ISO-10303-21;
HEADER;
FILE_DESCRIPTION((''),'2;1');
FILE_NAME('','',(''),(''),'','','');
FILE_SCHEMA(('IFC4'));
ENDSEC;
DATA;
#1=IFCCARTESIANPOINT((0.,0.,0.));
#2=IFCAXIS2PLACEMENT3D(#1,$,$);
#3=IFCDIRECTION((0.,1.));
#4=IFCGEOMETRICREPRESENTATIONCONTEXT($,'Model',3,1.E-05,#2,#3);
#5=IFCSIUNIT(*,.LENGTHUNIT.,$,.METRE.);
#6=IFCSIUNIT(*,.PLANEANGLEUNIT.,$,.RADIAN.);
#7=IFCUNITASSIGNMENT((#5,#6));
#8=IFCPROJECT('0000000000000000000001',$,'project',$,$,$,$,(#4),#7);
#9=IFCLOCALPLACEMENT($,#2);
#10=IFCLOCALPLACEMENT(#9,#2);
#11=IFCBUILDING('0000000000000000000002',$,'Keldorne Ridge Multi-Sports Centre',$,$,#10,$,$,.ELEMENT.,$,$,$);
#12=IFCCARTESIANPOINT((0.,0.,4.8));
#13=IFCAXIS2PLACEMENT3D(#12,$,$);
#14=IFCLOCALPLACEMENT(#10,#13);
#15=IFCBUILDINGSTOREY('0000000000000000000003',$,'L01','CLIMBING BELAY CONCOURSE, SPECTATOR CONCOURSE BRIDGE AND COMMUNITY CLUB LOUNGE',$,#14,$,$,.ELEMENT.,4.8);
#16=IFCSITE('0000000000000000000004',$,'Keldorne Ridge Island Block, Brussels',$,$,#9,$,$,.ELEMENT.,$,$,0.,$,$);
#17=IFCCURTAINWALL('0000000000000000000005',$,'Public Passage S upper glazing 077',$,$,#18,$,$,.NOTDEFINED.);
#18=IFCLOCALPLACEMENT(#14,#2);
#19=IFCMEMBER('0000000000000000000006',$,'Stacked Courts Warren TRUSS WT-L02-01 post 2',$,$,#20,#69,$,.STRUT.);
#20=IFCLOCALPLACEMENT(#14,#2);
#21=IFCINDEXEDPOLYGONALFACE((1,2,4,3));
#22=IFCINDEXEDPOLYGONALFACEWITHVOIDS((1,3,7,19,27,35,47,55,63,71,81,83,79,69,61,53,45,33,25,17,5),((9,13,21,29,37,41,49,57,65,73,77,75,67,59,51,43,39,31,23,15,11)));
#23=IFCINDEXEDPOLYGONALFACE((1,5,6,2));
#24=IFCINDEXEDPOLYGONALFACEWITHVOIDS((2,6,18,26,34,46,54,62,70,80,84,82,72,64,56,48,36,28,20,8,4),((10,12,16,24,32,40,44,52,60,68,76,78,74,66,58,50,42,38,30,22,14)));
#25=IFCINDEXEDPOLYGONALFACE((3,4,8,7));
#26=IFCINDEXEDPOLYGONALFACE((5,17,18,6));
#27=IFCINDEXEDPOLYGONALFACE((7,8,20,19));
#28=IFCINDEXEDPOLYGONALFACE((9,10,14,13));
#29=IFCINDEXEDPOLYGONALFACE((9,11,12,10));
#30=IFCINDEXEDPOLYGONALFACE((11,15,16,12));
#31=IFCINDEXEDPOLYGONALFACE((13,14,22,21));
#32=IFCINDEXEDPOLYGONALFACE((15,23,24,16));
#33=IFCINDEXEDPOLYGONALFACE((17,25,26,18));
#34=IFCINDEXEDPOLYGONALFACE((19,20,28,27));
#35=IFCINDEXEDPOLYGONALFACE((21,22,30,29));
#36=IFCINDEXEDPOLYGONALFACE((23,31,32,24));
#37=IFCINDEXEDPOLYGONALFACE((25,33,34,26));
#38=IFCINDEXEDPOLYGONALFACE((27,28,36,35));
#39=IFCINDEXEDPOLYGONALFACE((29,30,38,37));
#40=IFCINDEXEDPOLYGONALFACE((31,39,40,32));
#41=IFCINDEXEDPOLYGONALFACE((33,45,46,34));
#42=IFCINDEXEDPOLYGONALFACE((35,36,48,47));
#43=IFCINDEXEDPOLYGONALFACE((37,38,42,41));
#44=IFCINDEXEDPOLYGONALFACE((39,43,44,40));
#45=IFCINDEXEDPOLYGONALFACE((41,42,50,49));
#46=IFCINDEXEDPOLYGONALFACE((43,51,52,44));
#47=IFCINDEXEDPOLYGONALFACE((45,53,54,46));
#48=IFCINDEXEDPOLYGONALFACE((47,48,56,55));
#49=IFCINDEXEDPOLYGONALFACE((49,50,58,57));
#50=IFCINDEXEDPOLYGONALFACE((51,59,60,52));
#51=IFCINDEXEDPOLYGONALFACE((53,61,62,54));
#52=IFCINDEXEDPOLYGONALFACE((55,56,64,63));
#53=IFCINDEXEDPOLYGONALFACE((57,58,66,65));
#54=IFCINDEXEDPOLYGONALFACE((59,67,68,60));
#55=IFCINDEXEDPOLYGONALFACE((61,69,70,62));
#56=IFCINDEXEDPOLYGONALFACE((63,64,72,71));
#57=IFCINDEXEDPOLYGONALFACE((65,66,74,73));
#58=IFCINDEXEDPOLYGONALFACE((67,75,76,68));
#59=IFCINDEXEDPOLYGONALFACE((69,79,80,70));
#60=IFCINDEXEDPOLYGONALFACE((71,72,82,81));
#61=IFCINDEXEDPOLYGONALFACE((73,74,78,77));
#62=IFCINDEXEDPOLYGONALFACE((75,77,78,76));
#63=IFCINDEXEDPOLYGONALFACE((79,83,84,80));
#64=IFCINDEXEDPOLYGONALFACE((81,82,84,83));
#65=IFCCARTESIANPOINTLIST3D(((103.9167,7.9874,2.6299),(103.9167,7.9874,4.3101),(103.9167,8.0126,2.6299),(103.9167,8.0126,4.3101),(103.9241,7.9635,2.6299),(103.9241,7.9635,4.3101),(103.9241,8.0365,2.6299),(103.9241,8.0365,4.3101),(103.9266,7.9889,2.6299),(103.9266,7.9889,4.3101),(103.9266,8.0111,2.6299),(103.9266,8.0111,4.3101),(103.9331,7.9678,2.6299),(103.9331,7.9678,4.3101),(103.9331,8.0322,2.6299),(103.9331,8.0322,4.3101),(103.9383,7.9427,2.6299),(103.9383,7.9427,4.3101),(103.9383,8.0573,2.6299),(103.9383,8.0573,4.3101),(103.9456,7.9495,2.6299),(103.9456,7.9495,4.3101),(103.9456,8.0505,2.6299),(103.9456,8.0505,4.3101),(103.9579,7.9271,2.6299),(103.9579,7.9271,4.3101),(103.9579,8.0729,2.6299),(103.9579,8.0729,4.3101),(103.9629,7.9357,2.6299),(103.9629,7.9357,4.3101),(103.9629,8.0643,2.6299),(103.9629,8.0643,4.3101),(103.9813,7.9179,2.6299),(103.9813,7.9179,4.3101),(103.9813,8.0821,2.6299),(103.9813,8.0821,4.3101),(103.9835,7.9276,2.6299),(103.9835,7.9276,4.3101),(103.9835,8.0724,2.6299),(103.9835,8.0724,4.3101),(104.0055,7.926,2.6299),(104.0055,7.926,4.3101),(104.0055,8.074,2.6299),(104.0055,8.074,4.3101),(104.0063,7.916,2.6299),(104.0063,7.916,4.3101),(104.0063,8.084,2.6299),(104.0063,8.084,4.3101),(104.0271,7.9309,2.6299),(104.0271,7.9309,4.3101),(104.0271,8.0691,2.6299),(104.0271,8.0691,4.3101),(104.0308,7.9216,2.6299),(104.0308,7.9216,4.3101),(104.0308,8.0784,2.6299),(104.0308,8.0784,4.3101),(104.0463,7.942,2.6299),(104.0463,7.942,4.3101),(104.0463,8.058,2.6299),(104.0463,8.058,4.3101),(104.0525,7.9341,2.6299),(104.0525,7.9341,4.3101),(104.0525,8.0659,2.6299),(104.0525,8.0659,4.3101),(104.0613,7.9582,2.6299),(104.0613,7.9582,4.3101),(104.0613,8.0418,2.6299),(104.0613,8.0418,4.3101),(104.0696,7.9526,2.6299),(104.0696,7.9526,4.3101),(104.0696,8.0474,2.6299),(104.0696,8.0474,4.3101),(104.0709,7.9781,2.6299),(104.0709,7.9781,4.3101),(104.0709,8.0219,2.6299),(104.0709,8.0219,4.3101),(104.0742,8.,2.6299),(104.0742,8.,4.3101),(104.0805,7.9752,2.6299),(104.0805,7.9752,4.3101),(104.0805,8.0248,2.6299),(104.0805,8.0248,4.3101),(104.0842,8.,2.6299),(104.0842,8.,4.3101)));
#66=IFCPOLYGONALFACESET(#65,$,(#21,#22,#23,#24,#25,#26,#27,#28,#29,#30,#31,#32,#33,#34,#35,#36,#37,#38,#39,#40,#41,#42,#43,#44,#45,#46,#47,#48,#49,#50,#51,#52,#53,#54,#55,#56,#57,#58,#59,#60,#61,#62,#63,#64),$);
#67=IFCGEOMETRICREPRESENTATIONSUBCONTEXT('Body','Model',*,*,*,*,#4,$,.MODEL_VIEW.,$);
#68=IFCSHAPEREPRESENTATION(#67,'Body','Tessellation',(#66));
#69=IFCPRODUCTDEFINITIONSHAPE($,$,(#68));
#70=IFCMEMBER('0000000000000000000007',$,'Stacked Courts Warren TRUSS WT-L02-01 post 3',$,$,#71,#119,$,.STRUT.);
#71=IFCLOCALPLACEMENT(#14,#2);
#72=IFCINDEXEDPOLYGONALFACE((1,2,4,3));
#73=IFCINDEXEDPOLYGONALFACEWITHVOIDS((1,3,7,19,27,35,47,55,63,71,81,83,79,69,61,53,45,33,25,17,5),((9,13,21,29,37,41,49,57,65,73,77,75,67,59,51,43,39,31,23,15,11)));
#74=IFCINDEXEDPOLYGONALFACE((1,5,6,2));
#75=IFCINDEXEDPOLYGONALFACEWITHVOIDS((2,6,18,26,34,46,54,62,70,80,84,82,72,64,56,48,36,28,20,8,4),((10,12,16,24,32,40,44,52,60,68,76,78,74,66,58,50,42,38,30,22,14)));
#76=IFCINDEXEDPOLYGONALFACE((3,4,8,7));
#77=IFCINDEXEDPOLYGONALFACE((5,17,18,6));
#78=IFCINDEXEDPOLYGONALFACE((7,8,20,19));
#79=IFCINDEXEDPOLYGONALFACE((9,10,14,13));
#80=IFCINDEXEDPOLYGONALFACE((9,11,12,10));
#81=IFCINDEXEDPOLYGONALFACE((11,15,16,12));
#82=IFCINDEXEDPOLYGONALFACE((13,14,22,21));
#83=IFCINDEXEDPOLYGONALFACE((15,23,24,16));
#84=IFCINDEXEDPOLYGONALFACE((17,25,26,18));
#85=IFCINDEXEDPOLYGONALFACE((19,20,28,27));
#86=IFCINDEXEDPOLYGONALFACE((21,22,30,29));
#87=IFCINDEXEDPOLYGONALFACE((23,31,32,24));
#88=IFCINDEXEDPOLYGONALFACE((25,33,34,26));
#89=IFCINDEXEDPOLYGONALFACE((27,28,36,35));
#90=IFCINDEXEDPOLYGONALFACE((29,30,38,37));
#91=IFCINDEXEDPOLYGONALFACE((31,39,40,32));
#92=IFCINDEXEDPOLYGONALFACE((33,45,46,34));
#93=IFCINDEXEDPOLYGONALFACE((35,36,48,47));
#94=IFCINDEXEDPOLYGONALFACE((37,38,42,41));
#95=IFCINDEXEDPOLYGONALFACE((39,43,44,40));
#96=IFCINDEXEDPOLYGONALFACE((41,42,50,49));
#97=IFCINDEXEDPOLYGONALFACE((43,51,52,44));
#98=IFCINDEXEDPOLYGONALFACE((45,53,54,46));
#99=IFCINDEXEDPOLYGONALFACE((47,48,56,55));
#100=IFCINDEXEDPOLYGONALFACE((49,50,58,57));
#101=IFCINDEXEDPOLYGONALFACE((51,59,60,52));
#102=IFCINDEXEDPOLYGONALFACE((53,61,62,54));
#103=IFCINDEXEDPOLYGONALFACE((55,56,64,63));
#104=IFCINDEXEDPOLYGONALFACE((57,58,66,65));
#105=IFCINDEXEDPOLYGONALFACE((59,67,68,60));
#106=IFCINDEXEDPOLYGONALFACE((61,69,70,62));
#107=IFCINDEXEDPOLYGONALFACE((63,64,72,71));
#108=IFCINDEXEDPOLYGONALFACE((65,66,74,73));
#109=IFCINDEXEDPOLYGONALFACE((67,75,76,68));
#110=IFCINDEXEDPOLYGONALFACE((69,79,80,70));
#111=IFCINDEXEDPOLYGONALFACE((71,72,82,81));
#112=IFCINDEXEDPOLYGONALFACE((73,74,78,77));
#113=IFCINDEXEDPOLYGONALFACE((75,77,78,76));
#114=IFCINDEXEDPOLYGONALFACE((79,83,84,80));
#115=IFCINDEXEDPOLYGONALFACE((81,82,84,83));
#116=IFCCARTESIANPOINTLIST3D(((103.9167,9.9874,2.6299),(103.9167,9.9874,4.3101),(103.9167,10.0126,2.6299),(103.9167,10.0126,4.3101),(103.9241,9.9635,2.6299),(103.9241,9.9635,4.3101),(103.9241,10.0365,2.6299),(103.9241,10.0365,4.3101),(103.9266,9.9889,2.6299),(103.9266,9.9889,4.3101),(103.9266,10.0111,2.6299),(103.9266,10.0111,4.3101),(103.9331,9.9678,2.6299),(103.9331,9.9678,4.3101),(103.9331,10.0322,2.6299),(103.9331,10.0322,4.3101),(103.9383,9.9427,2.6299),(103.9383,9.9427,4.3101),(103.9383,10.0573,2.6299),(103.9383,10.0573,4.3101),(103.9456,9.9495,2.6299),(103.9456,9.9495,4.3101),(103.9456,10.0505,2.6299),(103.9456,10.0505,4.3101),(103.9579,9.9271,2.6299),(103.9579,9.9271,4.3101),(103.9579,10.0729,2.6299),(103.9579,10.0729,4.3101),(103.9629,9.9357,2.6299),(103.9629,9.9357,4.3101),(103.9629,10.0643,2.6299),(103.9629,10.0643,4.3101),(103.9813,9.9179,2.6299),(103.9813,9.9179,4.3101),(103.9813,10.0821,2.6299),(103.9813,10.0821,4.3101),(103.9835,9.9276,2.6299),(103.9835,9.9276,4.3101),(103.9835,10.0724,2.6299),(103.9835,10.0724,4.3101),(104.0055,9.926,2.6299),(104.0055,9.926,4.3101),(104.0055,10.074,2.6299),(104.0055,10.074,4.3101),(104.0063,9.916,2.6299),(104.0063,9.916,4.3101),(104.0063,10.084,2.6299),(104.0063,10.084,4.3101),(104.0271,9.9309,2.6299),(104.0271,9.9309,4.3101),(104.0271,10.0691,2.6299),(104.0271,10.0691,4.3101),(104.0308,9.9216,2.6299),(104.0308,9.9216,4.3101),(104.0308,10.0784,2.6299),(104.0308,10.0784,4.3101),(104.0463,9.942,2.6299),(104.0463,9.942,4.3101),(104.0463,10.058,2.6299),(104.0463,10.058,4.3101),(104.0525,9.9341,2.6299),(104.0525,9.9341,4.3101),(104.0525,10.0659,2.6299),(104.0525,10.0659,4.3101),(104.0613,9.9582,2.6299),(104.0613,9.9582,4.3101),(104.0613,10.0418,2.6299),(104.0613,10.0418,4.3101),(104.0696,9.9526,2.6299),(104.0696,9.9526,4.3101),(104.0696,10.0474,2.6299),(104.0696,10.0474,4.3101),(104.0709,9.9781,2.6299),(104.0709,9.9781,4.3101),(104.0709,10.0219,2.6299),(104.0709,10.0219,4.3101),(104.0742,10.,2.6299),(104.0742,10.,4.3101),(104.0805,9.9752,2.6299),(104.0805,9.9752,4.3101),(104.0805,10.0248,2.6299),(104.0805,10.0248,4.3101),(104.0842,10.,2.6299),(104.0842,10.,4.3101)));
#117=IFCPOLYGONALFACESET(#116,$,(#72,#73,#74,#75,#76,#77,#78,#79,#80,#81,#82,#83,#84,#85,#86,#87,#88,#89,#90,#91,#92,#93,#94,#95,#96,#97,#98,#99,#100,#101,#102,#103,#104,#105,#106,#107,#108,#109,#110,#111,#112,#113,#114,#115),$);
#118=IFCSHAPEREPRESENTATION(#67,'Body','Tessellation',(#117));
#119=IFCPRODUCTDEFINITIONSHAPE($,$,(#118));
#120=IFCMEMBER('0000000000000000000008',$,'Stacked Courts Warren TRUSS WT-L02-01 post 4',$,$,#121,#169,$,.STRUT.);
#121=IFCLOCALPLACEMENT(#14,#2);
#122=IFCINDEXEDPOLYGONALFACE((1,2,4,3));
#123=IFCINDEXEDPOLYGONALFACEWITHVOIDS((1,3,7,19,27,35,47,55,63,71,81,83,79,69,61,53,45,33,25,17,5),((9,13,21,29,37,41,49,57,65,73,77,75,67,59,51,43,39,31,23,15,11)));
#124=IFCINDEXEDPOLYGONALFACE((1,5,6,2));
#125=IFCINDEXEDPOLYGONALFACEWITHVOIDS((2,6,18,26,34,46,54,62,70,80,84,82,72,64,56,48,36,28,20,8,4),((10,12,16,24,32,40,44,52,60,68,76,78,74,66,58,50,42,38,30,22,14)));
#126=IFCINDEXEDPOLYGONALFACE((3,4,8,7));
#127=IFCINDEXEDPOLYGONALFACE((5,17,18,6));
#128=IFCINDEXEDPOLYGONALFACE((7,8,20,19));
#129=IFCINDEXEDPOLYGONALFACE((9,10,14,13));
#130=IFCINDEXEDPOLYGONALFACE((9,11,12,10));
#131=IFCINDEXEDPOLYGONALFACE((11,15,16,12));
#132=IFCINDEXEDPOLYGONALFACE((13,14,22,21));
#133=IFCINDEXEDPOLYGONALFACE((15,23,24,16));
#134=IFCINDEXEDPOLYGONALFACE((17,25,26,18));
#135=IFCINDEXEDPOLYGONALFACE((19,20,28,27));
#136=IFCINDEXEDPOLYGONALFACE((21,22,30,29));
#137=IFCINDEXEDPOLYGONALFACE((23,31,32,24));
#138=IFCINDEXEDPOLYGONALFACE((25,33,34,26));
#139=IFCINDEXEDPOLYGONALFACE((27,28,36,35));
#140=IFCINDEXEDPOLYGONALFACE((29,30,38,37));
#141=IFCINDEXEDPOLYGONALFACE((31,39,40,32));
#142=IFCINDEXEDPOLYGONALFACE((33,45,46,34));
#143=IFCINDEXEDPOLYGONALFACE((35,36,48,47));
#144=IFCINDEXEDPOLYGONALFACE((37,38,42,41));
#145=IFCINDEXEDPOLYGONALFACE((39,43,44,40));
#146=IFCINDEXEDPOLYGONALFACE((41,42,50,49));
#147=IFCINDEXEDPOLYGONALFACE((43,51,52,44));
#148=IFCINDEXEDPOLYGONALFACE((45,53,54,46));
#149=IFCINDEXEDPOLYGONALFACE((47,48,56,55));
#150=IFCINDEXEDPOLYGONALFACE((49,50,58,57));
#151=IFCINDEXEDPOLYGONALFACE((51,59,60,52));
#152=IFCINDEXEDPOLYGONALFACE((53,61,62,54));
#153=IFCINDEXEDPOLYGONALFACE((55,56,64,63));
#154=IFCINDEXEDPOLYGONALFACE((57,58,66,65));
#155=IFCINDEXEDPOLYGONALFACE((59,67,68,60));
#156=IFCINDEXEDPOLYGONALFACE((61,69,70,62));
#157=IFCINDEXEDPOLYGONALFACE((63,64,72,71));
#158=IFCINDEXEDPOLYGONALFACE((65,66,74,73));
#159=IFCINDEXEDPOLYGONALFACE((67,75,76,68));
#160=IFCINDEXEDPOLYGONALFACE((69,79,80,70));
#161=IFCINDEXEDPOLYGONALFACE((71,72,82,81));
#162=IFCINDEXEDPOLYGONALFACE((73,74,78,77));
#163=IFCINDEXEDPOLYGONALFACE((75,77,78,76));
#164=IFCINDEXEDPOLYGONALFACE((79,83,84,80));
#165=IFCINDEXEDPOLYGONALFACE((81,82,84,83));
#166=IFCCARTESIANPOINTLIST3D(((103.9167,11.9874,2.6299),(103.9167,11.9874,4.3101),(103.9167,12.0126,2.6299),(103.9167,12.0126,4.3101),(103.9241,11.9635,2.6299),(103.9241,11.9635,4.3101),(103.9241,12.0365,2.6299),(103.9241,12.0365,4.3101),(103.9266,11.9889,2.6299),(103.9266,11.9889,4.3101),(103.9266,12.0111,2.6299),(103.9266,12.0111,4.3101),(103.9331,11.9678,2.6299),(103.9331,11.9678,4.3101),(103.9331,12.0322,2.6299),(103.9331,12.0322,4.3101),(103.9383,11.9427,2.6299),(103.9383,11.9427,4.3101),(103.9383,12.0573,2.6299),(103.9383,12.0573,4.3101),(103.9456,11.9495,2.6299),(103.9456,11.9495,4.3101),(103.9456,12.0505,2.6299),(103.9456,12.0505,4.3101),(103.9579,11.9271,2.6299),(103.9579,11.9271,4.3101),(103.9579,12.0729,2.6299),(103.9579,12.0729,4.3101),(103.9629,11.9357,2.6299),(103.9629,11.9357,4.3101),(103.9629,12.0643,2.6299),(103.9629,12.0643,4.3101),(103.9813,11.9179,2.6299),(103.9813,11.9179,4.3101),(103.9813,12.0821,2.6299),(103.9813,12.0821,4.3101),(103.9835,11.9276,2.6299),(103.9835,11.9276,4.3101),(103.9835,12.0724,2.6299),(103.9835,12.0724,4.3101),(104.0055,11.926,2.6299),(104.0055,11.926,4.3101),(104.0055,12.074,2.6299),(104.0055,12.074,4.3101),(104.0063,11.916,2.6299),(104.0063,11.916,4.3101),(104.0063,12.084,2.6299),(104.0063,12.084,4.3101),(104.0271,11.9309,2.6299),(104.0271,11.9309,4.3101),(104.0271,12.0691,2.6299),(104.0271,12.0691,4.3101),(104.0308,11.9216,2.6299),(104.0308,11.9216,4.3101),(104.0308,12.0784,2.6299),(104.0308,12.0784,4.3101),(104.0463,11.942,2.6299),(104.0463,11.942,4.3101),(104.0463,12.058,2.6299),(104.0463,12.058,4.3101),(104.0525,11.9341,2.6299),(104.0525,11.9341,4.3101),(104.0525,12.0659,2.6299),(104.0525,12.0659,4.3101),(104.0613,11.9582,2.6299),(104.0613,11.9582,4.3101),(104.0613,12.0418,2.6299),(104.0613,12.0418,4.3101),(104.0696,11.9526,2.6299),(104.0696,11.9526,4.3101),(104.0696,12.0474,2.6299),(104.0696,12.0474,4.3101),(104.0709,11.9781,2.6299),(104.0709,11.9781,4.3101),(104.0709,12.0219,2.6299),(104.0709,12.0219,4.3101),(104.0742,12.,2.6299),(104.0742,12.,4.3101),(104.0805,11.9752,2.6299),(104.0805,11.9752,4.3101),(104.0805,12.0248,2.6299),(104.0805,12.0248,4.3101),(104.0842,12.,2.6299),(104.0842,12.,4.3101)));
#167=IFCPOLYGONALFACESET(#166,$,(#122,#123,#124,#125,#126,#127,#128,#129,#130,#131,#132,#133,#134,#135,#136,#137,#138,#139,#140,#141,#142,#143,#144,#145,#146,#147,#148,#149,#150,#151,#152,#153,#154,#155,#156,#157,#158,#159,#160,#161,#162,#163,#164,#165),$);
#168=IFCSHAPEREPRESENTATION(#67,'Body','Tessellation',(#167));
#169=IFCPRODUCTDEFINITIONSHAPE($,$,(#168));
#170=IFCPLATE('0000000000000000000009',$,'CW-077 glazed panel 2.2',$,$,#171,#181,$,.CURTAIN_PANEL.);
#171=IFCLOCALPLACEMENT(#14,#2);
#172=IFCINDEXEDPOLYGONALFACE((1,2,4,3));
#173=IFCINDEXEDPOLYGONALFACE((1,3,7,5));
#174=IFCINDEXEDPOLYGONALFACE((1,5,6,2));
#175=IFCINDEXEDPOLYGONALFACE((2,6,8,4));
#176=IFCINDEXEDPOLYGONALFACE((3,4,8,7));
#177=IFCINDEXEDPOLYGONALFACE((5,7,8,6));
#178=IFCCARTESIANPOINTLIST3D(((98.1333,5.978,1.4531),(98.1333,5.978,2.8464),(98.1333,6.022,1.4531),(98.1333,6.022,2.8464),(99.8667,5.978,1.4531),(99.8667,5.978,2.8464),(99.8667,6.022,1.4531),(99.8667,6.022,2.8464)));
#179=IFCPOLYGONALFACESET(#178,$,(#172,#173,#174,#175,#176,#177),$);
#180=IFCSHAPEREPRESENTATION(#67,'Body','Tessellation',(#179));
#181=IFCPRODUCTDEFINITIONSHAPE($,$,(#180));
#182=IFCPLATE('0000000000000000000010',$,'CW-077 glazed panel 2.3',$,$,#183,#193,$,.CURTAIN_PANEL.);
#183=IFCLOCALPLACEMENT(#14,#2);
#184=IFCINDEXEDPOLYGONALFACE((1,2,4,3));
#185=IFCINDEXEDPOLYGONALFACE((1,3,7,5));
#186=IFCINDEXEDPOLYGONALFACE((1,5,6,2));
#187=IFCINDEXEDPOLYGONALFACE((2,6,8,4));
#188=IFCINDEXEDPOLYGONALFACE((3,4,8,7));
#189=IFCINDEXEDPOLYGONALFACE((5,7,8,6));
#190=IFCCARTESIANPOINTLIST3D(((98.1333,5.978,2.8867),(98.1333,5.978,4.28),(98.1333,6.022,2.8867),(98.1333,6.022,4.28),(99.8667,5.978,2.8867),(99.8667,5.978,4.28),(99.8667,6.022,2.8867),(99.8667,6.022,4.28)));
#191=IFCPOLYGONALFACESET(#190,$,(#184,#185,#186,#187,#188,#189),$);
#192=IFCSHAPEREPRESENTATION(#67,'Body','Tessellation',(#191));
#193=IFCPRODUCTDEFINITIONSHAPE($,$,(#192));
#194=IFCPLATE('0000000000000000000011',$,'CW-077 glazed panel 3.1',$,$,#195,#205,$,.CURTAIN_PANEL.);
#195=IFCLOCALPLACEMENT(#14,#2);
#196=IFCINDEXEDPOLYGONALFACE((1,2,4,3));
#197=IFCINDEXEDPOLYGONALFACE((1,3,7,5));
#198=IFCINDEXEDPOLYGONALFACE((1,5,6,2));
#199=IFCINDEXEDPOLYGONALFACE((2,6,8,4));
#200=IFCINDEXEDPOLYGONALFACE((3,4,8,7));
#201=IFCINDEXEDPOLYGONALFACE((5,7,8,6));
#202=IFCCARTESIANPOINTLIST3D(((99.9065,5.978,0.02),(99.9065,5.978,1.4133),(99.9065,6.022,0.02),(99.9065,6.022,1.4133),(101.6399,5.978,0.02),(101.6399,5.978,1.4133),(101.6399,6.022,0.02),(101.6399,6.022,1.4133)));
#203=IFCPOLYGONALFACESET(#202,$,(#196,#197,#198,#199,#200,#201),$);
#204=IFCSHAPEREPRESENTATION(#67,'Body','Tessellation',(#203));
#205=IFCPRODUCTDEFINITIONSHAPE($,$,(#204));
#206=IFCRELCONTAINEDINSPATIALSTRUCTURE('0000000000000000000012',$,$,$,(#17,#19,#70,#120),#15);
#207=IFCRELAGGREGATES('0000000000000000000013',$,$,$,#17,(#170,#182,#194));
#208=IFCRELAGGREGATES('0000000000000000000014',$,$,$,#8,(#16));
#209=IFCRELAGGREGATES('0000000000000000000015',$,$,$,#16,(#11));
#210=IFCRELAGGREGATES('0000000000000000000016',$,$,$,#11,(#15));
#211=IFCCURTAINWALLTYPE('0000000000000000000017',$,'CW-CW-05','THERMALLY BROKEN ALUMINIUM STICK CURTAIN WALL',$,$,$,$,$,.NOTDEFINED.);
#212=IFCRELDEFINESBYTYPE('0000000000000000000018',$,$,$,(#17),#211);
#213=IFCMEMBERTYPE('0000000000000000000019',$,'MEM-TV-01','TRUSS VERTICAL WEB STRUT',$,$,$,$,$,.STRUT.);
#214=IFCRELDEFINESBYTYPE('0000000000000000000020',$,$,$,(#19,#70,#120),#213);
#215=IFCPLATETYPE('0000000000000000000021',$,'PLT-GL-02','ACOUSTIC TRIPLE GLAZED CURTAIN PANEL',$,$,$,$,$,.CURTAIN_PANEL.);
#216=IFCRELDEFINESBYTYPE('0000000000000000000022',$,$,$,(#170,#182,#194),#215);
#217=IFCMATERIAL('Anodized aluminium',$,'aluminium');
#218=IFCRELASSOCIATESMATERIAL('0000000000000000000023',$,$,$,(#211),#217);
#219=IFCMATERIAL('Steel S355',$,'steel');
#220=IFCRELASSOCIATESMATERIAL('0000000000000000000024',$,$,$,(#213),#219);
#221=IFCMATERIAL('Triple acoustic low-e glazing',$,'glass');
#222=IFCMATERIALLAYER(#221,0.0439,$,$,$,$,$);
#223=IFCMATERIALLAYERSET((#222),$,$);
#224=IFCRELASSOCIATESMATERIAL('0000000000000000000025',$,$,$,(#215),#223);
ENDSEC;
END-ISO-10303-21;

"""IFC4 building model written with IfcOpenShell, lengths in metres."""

from ifc_helpers import new_model, si_unit, direction, frame, origin, origin_2d, place, context, subcontext, project, spatial, rectangle, hollow_circle, extrude, material, layer, layer_set, material_profile, profile_set, type_object, element, aggregate, save


model = new_model("IFC4")

# Units and contexts
model_context = context("Model", 3, precision=1e-05, world=origin(), true_north=direction((0.0, 1.0)))
body_context = subcontext(model_context, "Body", "Model", "MODEL_VIEW")
ifc_project = project(units=[si_unit("LENGTHUNIT", "METRE"), si_unit("PLANEANGLEUNIT", "RADIAN")], contexts=[model_context])

# Site, building, storey
site_placement = place(None, origin())
site = spatial("IfcSite", under=ifc_project, at=site_placement, Name="Keldorne Ridge Island Block, Brussels", CompositionType="ELEMENT", RefElevation=0.0)
building_placement = place(site_placement, origin())
building = spatial("IfcBuilding", under=site, at=building_placement, Name="Keldorne Ridge Multi-Sports Centre", CompositionType="ELEMENT")
storey_placement = place(building_placement, frame((0.0, 0.0, 4.8)))
storey = spatial("IfcBuildingStorey", under=building, at=storey_placement, Name="L01", Description="CLIMBING BELAY CONCOURSE, SPECTATOR CONCOURSE BRIDGE AND COMMUNITY CLUB LOUNGE", CompositionType="ELEMENT", Elevation=4.8)

# Shared definitions
ifc_material_1 = material(Name="Steel S355", Category="steel")

# Curtain wall
ifc_material_2 = material(Name="Anodized aluminium", Category="aluminium")
curtain_wall_type = type_object("IfcCurtainWallType", Name="CW-CW-05", Description="THERMALLY BROKEN ALUMINIUM STICK CURTAIN WALL", PredefinedType="NOTDEFINED", material=ifc_material_2)
curtain_wall_placement = place(storey_placement, origin())
curtain_wall = element("IfcCurtainWall", 1, at=curtain_wall_placement, inside=storey, type_object=curtain_wall_type, Name="Public Passage S upper glazing 077", PredefinedType="NOTDEFINED")

# Members
ifc_material_profile_1 = material_profile(ifc_material_1, hollow_circle(Radius=0.0842, WallThickness=0.01, at=origin_2d()), Name="CHS 168.3x10")
ifc_profile_set_1 = profile_set([ifc_material_profile_1], Name="Steel S355")
member_type_1 = type_object("IfcMemberType", Name="MEM-TV-01", Description="TRUSS VERTICAL WEB STRUT", PredefinedType="STRUT", material=ifc_profile_set_1)
for number, where, z_axis, x_axis, name in (
    (2, (104.0, 8.0, 2.6299), (0.0, 0.0, 1.0), (1.0, 0.0, 0.0), "Stacked Courts Warren TRUSS WT-L02-01 post 2"),
    (3, (104.0, 10.0, 2.6299), (0.0, 0.0, 1.0), (1.0, 0.0, 0.0), "Stacked Courts Warren TRUSS WT-L02-01 post 3"),
    (4, (104.0, 12.0, 2.6299), (0.0, 0.0, 1.0), (1.0, 0.0, 0.0), "Stacked Courts Warren TRUSS WT-L02-01 post 4"),
):
    element("IfcMember", number, at=place(storey_placement, frame(where, z_axis=z_axis, x_axis=x_axis)), inside=storey, type_object=member_type_1, Name=name, PredefinedType="STRUT", context=body_context, shape_type="SweptSolid", body=[
        extrude(hollow_circle(Radius=0.0842, WallThickness=0.01, at=origin_2d()), origin(), (0.0, 0.0, 1.0), 1.6802),
    ])

# Plates
ifc_material_3 = material(Name="Triple acoustic low-e glazing", Category="glass")
ifc_layer_1 = layer(ifc_material_3, 0.0439)
ifc_layer_set_1 = layer_set([ifc_layer_1])
plate_type_1 = type_object("IfcPlateType", Name="PLT-GL-02", Description="ACOUSTIC TRIPLE GLAZED CURTAIN PANEL", PredefinedType="CURTAIN_PANEL", material=ifc_layer_set_1)
plate_1_placement = place(storey_placement, frame((99.0, 6.0, 1.4531), z_axis=(0.0, 0.0, 1.0), x_axis=(1.0, 0.0, 0.0)))
plate_1 = element("IfcPlate", 5, at=plate_1_placement, type_object=plate_type_1, Name="CW-077 glazed panel 2.2", PredefinedType="CURTAIN_PANEL", context=body_context, shape_type="SweptSolid", body=[
    extrude(rectangle(XDim=1.7334, YDim=0.0439, at=origin_2d()), origin(), (0.0, 0.0, 1.0), 1.3933),
])
plate_2_placement = place(storey_placement, frame((99.0, 6.0, 2.8867), z_axis=(0.0, 0.0, 1.0), x_axis=(1.0, 0.0, 0.0)))
plate_2 = element("IfcPlate", 6, at=plate_2_placement, type_object=plate_type_1, Name="CW-077 glazed panel 2.3", PredefinedType="CURTAIN_PANEL", context=body_context, shape_type="SweptSolid", body=[
    extrude(rectangle(XDim=1.7334, YDim=0.0439, at=origin_2d()), origin(), (0.0, 0.0, 1.0), 1.3933),
])
plate_3_placement = place(storey_placement, frame((100.7732, 6.0, 0.02), z_axis=(0.0, 0.0, 1.0), x_axis=(1.0, 0.0, 0.0)))
plate_3 = element("IfcPlate", 7, at=plate_3_placement, type_object=plate_type_1, Name="CW-077 glazed panel 3.1", PredefinedType="CURTAIN_PANEL", context=body_context, shape_type="SweptSolid", body=[
    extrude(rectangle(XDim=1.7334, YDim=0.0439, at=origin_2d()), origin(), (0.0, 0.0, 1.0), 1.3933),
])
aggregate(curtain_wall, [plate_1, plate_2, plate_3])

save(model, "model.ifc")
